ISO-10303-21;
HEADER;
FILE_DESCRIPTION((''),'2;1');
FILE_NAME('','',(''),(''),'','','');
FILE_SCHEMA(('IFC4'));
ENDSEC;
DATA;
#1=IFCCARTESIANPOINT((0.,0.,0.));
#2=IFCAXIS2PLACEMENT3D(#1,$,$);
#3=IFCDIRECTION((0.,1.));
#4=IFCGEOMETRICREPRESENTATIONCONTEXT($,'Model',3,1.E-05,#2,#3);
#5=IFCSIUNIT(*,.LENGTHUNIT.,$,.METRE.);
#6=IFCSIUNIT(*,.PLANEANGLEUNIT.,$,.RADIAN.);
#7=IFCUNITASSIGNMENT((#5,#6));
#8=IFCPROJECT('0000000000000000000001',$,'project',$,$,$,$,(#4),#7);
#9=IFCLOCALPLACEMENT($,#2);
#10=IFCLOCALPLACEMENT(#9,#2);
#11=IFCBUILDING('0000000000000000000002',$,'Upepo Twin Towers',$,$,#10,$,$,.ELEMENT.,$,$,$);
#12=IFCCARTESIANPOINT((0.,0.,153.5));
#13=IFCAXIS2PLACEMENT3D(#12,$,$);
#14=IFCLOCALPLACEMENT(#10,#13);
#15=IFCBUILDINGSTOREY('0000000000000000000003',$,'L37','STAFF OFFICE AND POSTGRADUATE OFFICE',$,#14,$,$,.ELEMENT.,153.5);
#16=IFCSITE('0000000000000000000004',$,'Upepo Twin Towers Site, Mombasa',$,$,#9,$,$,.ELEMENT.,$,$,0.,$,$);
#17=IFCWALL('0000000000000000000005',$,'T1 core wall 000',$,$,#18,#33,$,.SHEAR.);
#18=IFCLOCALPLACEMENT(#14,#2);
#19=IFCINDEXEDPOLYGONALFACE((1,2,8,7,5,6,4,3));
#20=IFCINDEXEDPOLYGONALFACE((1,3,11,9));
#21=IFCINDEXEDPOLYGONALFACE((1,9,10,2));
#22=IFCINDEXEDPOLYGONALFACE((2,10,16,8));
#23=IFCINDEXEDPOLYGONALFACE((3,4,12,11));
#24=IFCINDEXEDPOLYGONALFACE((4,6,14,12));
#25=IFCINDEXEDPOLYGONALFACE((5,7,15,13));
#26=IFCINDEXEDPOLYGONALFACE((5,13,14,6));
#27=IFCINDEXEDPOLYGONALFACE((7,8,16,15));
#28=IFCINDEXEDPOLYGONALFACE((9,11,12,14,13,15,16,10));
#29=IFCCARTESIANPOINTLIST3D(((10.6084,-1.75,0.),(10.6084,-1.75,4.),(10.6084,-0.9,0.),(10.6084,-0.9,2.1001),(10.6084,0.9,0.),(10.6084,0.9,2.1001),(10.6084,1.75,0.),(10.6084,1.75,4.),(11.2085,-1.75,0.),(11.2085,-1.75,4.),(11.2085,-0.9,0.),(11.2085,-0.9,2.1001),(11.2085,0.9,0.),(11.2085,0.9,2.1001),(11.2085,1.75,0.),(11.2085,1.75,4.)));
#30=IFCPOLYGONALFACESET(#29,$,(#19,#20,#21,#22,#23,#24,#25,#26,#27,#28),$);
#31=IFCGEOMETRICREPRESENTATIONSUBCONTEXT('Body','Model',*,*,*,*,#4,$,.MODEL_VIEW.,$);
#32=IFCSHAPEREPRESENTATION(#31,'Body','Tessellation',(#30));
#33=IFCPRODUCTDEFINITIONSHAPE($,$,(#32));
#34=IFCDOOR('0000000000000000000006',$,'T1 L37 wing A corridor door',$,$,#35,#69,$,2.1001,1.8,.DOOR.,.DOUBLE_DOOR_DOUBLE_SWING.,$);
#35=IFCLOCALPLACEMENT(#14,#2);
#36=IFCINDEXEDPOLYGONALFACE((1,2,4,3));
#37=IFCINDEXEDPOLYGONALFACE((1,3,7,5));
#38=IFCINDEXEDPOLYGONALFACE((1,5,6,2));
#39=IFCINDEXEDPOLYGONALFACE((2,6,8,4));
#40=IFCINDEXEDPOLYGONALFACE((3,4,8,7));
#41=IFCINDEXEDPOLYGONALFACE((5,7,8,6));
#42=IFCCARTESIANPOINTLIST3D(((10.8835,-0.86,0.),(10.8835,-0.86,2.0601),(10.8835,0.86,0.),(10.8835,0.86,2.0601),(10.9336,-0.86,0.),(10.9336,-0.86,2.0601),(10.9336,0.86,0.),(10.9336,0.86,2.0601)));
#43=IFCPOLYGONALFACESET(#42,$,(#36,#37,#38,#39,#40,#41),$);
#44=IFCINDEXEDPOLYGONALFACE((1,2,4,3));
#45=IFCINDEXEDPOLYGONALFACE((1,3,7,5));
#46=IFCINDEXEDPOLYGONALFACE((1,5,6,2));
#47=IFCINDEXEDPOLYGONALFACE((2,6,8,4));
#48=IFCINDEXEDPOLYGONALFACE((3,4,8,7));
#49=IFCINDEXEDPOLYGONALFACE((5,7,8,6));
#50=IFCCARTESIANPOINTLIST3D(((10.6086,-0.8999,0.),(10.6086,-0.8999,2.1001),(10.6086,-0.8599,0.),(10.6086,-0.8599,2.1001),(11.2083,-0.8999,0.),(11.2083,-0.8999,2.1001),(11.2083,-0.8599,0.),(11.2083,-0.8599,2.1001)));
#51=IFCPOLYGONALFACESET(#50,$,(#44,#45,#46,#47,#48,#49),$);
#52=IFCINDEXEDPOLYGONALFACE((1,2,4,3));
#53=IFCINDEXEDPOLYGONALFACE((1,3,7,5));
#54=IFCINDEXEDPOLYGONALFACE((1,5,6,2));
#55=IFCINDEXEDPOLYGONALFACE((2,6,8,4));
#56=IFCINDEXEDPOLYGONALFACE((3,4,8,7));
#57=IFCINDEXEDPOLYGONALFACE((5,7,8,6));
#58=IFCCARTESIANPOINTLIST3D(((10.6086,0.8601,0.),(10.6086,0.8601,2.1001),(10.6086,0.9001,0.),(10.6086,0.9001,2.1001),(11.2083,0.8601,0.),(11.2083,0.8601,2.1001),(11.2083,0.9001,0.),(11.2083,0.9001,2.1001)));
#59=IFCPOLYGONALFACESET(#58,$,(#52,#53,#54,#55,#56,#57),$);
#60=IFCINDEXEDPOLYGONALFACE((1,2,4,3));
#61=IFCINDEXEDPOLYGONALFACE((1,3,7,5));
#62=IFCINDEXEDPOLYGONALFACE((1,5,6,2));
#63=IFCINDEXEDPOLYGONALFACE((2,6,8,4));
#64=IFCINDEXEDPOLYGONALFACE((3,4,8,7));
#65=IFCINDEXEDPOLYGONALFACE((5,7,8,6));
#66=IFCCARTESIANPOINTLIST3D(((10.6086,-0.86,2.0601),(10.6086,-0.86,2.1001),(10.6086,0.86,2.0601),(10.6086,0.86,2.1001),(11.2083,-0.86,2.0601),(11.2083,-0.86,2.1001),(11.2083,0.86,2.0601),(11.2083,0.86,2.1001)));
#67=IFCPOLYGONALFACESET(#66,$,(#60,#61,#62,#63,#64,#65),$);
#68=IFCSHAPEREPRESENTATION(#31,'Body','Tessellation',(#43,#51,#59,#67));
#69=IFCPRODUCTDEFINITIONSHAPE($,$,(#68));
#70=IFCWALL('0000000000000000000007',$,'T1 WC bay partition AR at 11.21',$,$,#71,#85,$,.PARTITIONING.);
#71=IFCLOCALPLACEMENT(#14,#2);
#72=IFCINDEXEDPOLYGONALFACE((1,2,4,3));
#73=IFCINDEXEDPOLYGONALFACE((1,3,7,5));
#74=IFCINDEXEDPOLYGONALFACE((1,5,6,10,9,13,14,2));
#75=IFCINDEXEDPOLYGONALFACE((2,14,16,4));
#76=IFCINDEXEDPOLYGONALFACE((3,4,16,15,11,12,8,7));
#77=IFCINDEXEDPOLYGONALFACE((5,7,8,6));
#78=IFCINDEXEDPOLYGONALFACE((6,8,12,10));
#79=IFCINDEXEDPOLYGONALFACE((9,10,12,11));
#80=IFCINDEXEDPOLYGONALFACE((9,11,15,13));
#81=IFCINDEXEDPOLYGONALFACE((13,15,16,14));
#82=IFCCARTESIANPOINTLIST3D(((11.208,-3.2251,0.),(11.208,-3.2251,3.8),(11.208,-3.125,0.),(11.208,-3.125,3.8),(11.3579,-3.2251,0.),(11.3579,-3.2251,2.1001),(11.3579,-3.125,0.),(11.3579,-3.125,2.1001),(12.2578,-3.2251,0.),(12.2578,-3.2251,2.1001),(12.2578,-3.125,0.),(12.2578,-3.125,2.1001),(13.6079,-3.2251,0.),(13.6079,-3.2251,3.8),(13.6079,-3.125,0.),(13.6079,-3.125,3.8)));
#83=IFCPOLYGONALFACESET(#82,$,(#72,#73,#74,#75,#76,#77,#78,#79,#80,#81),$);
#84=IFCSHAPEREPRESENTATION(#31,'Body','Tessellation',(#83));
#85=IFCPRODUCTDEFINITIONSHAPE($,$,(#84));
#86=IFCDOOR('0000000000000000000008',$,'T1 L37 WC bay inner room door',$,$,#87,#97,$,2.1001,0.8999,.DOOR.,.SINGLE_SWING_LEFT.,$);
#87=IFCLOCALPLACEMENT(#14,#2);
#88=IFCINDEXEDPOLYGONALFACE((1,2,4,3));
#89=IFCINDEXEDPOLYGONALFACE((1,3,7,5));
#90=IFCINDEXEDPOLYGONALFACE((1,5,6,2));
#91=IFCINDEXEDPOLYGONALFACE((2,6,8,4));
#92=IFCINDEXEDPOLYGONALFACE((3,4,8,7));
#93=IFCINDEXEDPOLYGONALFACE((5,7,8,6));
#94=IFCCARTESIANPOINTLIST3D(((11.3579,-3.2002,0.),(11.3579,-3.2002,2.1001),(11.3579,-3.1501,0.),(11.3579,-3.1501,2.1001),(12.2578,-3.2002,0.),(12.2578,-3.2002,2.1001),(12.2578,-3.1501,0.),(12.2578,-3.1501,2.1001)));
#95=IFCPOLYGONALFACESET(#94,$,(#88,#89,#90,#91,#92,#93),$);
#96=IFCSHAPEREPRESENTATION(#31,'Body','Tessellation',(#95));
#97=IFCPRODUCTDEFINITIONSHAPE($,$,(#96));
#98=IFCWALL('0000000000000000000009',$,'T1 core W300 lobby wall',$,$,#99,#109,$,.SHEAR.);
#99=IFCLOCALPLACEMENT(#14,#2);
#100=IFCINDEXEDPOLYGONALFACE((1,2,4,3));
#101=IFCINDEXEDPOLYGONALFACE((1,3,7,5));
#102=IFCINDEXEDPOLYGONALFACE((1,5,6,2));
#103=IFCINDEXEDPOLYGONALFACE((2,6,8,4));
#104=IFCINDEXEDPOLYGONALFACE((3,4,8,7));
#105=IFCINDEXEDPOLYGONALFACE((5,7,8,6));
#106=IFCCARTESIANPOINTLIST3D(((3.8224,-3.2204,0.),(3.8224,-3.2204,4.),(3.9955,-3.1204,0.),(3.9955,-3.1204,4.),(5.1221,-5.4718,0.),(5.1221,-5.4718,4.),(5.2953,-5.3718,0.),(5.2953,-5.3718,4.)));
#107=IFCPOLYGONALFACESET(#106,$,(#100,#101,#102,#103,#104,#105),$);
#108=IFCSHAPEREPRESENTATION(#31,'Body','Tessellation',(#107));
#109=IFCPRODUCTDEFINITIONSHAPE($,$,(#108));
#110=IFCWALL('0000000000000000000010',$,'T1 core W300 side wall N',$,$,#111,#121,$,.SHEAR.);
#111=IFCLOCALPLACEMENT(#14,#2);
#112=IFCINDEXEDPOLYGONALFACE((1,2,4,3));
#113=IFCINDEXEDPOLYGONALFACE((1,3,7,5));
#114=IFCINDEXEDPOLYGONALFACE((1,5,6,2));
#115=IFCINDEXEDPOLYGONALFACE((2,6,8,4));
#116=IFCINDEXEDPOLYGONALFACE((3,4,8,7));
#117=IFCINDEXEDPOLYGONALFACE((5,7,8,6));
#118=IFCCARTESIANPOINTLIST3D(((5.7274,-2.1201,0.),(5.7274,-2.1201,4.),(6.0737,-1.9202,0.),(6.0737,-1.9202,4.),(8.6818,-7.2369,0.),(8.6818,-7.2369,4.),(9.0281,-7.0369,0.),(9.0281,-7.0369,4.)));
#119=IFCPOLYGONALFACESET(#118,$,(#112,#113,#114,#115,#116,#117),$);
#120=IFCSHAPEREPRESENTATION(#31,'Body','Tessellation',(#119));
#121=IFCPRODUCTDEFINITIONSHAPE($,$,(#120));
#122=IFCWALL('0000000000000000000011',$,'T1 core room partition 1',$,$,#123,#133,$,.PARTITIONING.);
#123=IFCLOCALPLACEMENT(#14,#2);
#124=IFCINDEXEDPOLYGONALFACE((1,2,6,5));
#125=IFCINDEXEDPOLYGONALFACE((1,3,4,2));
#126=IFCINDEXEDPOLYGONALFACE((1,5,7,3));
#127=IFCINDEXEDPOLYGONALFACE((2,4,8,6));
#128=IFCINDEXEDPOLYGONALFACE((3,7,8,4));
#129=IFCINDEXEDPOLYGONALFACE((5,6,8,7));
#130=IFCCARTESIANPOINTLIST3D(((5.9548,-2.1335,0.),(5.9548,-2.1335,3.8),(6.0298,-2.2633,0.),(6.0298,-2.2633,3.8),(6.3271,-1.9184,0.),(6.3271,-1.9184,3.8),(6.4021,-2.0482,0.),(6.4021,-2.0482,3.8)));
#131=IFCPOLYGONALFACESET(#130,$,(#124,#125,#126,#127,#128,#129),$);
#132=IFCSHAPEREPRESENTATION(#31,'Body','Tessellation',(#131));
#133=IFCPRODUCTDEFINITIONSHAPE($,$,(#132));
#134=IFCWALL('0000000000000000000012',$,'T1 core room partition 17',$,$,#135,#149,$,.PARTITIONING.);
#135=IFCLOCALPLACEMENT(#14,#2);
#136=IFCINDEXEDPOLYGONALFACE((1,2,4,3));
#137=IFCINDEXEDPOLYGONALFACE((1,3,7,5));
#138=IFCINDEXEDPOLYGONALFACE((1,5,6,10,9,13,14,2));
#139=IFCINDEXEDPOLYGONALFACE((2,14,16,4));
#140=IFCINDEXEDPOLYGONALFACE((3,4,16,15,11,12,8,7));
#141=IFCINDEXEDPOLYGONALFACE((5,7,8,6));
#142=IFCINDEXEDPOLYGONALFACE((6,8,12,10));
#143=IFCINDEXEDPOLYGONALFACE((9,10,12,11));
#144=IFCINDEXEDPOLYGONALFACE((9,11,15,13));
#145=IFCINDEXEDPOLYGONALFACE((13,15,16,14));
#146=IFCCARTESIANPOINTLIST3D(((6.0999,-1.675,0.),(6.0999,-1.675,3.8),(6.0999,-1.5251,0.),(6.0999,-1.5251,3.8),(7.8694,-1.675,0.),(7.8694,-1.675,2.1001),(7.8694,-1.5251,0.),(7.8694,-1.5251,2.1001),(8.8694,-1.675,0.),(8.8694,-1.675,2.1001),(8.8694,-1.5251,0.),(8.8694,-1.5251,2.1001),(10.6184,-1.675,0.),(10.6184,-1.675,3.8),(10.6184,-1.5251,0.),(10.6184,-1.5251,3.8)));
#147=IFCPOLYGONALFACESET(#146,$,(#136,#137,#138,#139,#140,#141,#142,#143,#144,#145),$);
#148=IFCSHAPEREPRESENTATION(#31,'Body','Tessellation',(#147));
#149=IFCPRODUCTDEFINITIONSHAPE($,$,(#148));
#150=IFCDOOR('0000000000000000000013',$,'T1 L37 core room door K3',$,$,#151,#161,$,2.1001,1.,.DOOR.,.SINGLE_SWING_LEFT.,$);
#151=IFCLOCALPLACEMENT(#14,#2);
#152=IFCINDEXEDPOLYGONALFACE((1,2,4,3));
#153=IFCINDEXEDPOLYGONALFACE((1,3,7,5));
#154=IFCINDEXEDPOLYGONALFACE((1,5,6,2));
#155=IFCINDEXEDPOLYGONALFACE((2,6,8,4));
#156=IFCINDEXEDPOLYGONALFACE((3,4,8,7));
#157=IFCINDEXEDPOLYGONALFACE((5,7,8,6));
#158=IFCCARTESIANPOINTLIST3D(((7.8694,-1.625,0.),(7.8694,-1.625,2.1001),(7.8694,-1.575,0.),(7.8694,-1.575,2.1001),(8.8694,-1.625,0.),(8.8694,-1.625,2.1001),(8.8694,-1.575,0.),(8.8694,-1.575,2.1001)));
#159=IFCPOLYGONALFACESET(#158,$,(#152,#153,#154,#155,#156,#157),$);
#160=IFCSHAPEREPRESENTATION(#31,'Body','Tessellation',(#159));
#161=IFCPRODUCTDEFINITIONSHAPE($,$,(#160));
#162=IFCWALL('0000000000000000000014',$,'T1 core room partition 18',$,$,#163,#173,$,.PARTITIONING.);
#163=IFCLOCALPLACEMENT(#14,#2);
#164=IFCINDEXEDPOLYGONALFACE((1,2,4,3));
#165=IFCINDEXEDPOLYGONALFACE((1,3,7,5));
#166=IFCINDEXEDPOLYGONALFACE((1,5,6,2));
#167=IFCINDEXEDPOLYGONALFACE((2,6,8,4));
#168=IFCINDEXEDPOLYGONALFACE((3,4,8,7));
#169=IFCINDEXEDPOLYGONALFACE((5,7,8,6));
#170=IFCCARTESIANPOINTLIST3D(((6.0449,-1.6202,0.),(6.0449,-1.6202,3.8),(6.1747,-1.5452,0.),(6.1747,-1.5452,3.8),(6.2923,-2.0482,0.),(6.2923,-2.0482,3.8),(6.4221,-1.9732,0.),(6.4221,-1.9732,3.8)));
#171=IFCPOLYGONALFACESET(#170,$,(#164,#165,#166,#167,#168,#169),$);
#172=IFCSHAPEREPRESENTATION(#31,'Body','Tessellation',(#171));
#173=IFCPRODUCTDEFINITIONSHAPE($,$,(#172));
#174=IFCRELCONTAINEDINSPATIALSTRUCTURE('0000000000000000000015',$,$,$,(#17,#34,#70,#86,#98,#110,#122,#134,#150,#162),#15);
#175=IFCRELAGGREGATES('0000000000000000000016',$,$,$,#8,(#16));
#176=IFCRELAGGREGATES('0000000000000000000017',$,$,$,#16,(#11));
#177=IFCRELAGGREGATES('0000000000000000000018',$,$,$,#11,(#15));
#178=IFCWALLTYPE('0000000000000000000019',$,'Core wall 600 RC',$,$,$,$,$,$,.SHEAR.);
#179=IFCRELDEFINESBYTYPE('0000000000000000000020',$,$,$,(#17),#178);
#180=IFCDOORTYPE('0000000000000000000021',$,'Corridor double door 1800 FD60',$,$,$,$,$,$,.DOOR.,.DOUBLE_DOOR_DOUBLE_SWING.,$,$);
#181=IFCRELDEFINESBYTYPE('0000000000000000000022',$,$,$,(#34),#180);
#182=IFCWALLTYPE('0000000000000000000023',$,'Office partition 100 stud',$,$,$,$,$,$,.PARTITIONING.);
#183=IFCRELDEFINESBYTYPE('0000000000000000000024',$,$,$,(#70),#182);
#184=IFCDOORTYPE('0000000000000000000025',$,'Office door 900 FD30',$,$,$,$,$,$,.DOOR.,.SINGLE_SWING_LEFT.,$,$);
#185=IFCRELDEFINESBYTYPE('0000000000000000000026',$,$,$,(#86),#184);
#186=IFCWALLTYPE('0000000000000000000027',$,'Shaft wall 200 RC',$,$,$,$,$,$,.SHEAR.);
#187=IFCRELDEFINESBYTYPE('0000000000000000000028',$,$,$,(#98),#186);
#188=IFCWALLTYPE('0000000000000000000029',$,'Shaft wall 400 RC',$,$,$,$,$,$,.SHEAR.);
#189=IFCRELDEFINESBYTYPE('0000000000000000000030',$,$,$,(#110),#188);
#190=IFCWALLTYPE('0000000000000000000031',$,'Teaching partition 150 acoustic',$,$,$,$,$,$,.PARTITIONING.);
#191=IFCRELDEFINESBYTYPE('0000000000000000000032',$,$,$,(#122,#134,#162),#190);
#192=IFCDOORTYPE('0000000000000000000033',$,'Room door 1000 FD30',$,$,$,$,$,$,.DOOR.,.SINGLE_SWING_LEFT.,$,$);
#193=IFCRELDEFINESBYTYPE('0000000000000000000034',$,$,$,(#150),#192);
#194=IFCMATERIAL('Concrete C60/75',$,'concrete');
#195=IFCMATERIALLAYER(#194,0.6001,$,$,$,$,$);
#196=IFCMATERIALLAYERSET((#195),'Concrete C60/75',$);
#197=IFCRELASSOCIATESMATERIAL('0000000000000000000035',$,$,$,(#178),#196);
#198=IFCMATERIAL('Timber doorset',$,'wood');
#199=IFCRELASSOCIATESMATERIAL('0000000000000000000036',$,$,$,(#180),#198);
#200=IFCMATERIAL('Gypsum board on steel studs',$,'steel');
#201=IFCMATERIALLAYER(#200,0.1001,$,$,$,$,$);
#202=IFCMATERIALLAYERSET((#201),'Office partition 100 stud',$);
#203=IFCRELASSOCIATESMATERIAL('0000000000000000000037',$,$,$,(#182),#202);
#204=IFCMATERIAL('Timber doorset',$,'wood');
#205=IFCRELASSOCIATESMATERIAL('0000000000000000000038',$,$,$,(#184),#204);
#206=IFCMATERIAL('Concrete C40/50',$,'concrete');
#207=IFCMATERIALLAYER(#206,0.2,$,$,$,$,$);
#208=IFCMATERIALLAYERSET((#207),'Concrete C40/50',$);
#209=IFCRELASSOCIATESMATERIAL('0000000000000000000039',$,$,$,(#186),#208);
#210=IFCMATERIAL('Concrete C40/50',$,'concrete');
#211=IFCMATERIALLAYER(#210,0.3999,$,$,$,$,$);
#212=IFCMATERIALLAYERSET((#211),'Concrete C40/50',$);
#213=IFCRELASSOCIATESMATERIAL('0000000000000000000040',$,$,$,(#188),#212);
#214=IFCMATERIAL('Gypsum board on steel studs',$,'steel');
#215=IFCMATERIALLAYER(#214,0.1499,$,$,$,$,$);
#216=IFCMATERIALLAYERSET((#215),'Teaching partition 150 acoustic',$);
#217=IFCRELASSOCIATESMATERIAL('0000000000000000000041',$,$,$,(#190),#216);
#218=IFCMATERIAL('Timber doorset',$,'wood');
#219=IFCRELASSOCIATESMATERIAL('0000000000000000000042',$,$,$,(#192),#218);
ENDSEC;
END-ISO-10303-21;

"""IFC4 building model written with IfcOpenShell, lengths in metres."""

from ifc_helpers import new_model, si_unit, direction, frame, frame_2d, origin, place, context, subcontext, project, spatial, rectangle, extrude, material, layer, layer_set, type_object, element, fill, save


model = new_model("IFC4")

# Units and contexts
model_context = context("Model", 3, precision=1e-05, world=origin(), true_north=direction((0.0, 1.0)))
body_context = subcontext(model_context, "Body", "Model", "MODEL_VIEW")
ifc_project = project(units=[si_unit("LENGTHUNIT", "METRE"), si_unit("PLANEANGLEUNIT", "RADIAN")], contexts=[model_context])

# Site, building, storey
site_placement = place(None, origin())
site = spatial("IfcSite", under=ifc_project, at=site_placement, Name="Upepo Twin Towers Site, Mombasa", CompositionType="ELEMENT", RefElevation=0.0)
building_placement = place(site_placement, origin())
building = spatial("IfcBuilding", under=site, at=building_placement, Name="Upepo Twin Towers", CompositionType="ELEMENT")
storey_placement = place(building_placement, frame((0.0, 0.0, 153.5)))
storey = spatial("IfcBuildingStorey", under=building, at=storey_placement, Name="L37", Description="STAFF OFFICE AND POSTGRADUATE OFFICE", CompositionType="ELEMENT", Elevation=153.5)

# Shared definitions
ifc_material_1 = material(Name="Concrete C60/75", Category="concrete")
ifc_layer_1 = layer(ifc_material_1, 0.6001)
ifc_layer_set_1 = layer_set([ifc_layer_1], Name="Concrete C60/75")
wall_type_1 = type_object("IfcWallType", Name="Core wall 600 RC", PredefinedType="SHEAR", material=ifc_layer_set_1)

# Walls, openings, doors
wall_1_placement = place(storey_placement, frame((10.9084, -1.75, 0.0), z_axis=(0.0, 0.0, 1.0), x_axis=(0.0, 1.0, 0.0)))
wall_1 = element("IfcWall", 1, at=wall_1_placement, inside=storey, type_object=wall_type_1, Name="T1 core wall 000", PredefinedType="SHEAR", context=body_context, shape_type="SweptSolid", body=[
    extrude(rectangle(XDim=3.5, YDim=0.6001, at=frame_2d((1.75, 0.0))), origin(), (0.0, 0.0, 1.0), 4.0),
])
opening_1_placement = place(wall_1_placement, frame((0.8501, 0.0, 0.0)))
opening_1 = element("IfcOpeningElement", 2, at=opening_1_placement, cuts=wall_1, PredefinedType="OPENING", context=body_context, shape_type="SweptSolid", body=[
    extrude(rectangle(XDim=1.8, YDim=2.1001, at=frame_2d((0.8999, 1.05))), frame((0.0, 0.3101, 0.0), z_axis=(0.0, -1.0, 0.0), x_axis=(1.0, 0.0, 0.0)), (0.0, 0.0, 1.0), 0.6201),
])
ifc_material_2 = material(Name="Timber doorset", Category="wood")
door_type_1 = type_object("IfcDoorType", Name="Corridor double door 1800 FD60", OperationType="DOUBLE_DOOR_DOUBLE_SWING", PredefinedType="DOOR", material=ifc_material_2)
door_1_placement = place(opening_1_placement, origin())
door_1 = element("IfcDoor", 3, at=door_1_placement, inside=storey, type_object=door_type_1, Name="T1 L37 wing A corridor door", OperationType="DOUBLE_DOOR_DOUBLE_SWING", OverallHeight=2.1001, OverallWidth=1.8, PredefinedType="DOOR", context=body_context, shape_type="SweptSolid", body=[
    extrude(rectangle(XDim=1.72, YDim=2.0601, at=frame_2d((0.8999, 1.03))), frame((0.0, 0.0249, 0.0), z_axis=(0.0, -1.0, 0.0), x_axis=(1.0, 0.0, 0.0)), (0.0, 0.0, 1.0), 0.05),
    extrude(rectangle(XDim=0.04, YDim=2.1001, at=frame_2d((0.02, 1.05))), frame((0.0, 0.2998, 0.0), z_axis=(0.0, -1.0, 0.0), x_axis=(1.0, 0.0, 0.0)), (0.0, 0.0, 1.0), 0.5996),
    extrude(rectangle(XDim=0.04, YDim=2.1001, at=frame_2d((1.78, 1.05))), frame((0.0, 0.2998, 0.0), z_axis=(0.0, -1.0, 0.0), x_axis=(1.0, 0.0, 0.0)), (0.0, 0.0, 1.0), 0.5996),
    extrude(rectangle(XDim=1.72, YDim=0.04, at=frame_2d((0.8999, 2.0801))), frame((0.0, 0.2998, 0.0), z_axis=(0.0, -1.0, 0.0), x_axis=(1.0, 0.0, 0.0)), (0.0, 0.0, 1.0), 0.5996),
])
fill(opening_1, door_1)
ifc_material_3 = material(Name="Gypsum board on steel studs", Category="steel")
ifc_layer_2 = layer(ifc_material_3, 0.1001)
ifc_layer_set_2 = layer_set([ifc_layer_2], Name="Office partition 100 stud")
wall_type_2 = type_object("IfcWallType", Name="Office partition 100 stud", PredefinedType="PARTITIONING", material=ifc_layer_set_2)
wall_2_placement = place(storey_placement, frame((11.208, -3.175, 0.0), z_axis=(0.0, 0.0, 1.0), x_axis=(1.0, 0.0, 0.0)))
wall_2 = element("IfcWall", 4, at=wall_2_placement, inside=storey, type_object=wall_type_2, Name="T1 WC bay partition AR at 11.21", PredefinedType="PARTITIONING", context=body_context, shape_type="SweptSolid", body=[
    extrude(rectangle(XDim=2.3999, YDim=0.1001, at=frame_2d((1.2, 0.0))), origin(), (0.0, 0.0, 1.0), 3.8),
])
opening_2_placement = place(wall_2_placement, frame((0.1499, 0.0, 0.0)))
opening_2 = element("IfcOpeningElement", 5, at=opening_2_placement, cuts=wall_2, PredefinedType="OPENING", context=body_context, shape_type="SweptSolid", body=[
    extrude(rectangle(XDim=0.8999, YDim=2.1001, at=frame_2d((0.45, 1.05))), frame((0.0, 0.0601, 0.0), z_axis=(0.0, -1.0, 0.0), x_axis=(1.0, 0.0, 0.0)), (0.0, 0.0, 1.0), 0.1201),
])
ifc_material_4 = material(Name="Timber doorset", Category="wood")
door_type_2 = type_object("IfcDoorType", Name="Office door 900 FD30", OperationType="SINGLE_SWING_LEFT", PredefinedType="DOOR", material=ifc_material_4)
door_2_placement = place(opening_2_placement, origin())
door_2 = element("IfcDoor", 6, at=door_2_placement, inside=storey, type_object=door_type_2, Name="T1 L37 WC bay inner room door", OperationType="SINGLE_SWING_LEFT", OverallHeight=2.1001, OverallWidth=0.8999, PredefinedType="DOOR", context=body_context, shape_type="SweptSolid", body=[
    extrude(rectangle(XDim=0.8999, YDim=2.1001, at=frame_2d((0.45, 1.05))), frame((0.0, 0.0249, 0.0), z_axis=(0.0, -1.0, 0.0), x_axis=(1.0, 0.0, 0.0)), (0.0, 0.0, 1.0), 0.05),
])
fill(opening_2, door_2)

# Walls
ifc_material_5 = material(Name="Concrete C40/50", Category="concrete")
ifc_layer_3 = layer(ifc_material_5, 0.2)
ifc_layer_set_3 = layer_set([ifc_layer_3], Name="Concrete C40/50")
wall_type_3 = type_object("IfcWallType", Name="Shaft wall 200 RC", PredefinedType="SHEAR", material=ifc_layer_set_3)
wall_3_placement = place(storey_placement, frame((3.9089, -3.1704, 0.0), z_axis=(0.0, 0.0, 1.0), x_axis=(0.499977, -0.866039, 0.0)))
element("IfcWall", 7, at=wall_3_placement, inside=storey, type_object=wall_type_3, Name="T1 core W300 lobby wall", PredefinedType="SHEAR", context=body_context, shape_type="SweptSolid", body=[
    extrude(rectangle(XDim=2.5996, YDim=0.2, at=frame_2d((1.2998, 0.0))), origin(), (0.0, 0.0, 1.0), 4.0),
])
ifc_material_6 = material(Name="Concrete C40/50", Category="concrete")
ifc_layer_4 = layer(ifc_material_6, 0.3999)
ifc_layer_set_4 = layer_set([ifc_layer_4], Name="Concrete C40/50")
wall_type_4 = type_object("IfcWallType", Name="Shaft wall 400 RC", PredefinedType="SHEAR", material=ifc_layer_set_4)
wall_4_placement = place(storey_placement, frame((5.9006, -2.0203, 0.0), z_axis=(0.0, 0.0, 1.0), x_axis=(0.500028, -0.866009, 0.0)))
element("IfcWall", 8, at=wall_4_placement, inside=storey, type_object=wall_type_4, Name="T1 core W300 side wall N", PredefinedType="SHEAR", context=body_context, shape_type="SweptSolid", body=[
    extrude(rectangle(XDim=5.9084, YDim=0.3999, at=frame_2d((2.9541, 0.0))), origin(), (0.0, 0.0, 1.0), 4.0),
])
ifc_material_7 = material(Name="Gypsum board on steel studs", Category="steel")
ifc_layer_5 = layer(ifc_material_7, 0.1499)
ifc_layer_set_5 = layer_set([ifc_layer_5], Name="Teaching partition 150 acoustic")
wall_type_5 = type_object("IfcWallType", Name="Teaching partition 150 acoustic", PredefinedType="PARTITIONING", material=ifc_layer_set_5)
wall_5_placement = place(storey_placement, frame((6.3645, -1.9834, 0.0), z_axis=(0.0, 0.0, 1.0), x_axis=(-0.865892, -0.50023, 0.0)))
element("IfcWall", 9, at=wall_5_placement, inside=storey, type_object=wall_type_5, Name="T1 core room partition 1", PredefinedType="PARTITIONING", context=body_context, shape_type="SweptSolid", body=[
    extrude(rectangle(XDim=0.4299, YDim=0.1499, at=frame_2d((0.2148, 0.0))), origin(), (0.0, 0.0, 1.0), 3.8),
])

# Wall, opening, door
wall_6_placement = place(storey_placement, frame((10.6184, -1.6001, 0.0), z_axis=(0.0, 0.0, 1.0), x_axis=(-1.0, 0.0, 0.0)))
wall_6 = element("IfcWall", 10, at=wall_6_placement, inside=storey, type_object=wall_type_5, Name="T1 core room partition 17", PredefinedType="PARTITIONING", context=body_context, shape_type="SweptSolid", body=[
    extrude(rectangle(XDim=4.5186, YDim=0.1499, at=frame_2d((2.2593, 0.0))), origin(), (0.0, 0.0, 1.0), 3.8),
])
opening_3_placement = place(wall_6_placement, frame((1.749, 0.0, 0.0)))
opening_3 = element("IfcOpeningElement", 11, at=opening_3_placement, cuts=wall_6, PredefinedType="OPENING", context=body_context, shape_type="SweptSolid", body=[
    extrude(rectangle(XDim=1.0, YDim=2.1001, at=frame_2d((0.5, 1.05))), frame((0.0, 0.085, 0.0), z_axis=(0.0, -1.0, 0.0), x_axis=(1.0, 0.0, 0.0)), (0.0, 0.0, 1.0), 0.1699),
])
ifc_material_8 = material(Name="Timber doorset", Category="wood")
door_type_3 = type_object("IfcDoorType", Name="Room door 1000 FD30", OperationType="SINGLE_SWING_LEFT", PredefinedType="DOOR", material=ifc_material_8)
door_3_placement = place(opening_3_placement, origin())
door_3 = element("IfcDoor", 12, at=door_3_placement, inside=storey, type_object=door_type_3, Name="T1 L37 core room door K3", OperationType="SINGLE_SWING_LEFT", OverallHeight=2.1001, OverallWidth=1.0, PredefinedType="DOOR", context=body_context, shape_type="SweptSolid", body=[
    extrude(rectangle(XDim=1.0, YDim=2.1001, at=frame_2d((0.5, 1.05))), frame((0.0, 0.0249, 0.0), z_axis=(0.0, -1.0, 0.0), x_axis=(1.0, 0.0, 0.0)), (0.0, 0.0, 1.0), 0.05),
])
fill(opening_3, door_3)

# Wall
wall_7_placement = place(storey_placement, frame((6.1099, -1.5828, 0.0), z_axis=(0.0, 0.0, 1.0), x_axis=(0.500335, -0.865832, 0.0)))
element("IfcWall", 13, at=wall_7_placement, inside=storey, type_object=wall_type_5, Name="T1 core room partition 18", PredefinedType="PARTITIONING", context=body_context, shape_type="SweptSolid", body=[
    extrude(rectangle(XDim=0.4944, YDim=0.1499, at=frame_2d((0.2471, 0.0))), origin(), (0.0, 0.0, 1.0), 3.8),
])

save(model, "model.ifc")
